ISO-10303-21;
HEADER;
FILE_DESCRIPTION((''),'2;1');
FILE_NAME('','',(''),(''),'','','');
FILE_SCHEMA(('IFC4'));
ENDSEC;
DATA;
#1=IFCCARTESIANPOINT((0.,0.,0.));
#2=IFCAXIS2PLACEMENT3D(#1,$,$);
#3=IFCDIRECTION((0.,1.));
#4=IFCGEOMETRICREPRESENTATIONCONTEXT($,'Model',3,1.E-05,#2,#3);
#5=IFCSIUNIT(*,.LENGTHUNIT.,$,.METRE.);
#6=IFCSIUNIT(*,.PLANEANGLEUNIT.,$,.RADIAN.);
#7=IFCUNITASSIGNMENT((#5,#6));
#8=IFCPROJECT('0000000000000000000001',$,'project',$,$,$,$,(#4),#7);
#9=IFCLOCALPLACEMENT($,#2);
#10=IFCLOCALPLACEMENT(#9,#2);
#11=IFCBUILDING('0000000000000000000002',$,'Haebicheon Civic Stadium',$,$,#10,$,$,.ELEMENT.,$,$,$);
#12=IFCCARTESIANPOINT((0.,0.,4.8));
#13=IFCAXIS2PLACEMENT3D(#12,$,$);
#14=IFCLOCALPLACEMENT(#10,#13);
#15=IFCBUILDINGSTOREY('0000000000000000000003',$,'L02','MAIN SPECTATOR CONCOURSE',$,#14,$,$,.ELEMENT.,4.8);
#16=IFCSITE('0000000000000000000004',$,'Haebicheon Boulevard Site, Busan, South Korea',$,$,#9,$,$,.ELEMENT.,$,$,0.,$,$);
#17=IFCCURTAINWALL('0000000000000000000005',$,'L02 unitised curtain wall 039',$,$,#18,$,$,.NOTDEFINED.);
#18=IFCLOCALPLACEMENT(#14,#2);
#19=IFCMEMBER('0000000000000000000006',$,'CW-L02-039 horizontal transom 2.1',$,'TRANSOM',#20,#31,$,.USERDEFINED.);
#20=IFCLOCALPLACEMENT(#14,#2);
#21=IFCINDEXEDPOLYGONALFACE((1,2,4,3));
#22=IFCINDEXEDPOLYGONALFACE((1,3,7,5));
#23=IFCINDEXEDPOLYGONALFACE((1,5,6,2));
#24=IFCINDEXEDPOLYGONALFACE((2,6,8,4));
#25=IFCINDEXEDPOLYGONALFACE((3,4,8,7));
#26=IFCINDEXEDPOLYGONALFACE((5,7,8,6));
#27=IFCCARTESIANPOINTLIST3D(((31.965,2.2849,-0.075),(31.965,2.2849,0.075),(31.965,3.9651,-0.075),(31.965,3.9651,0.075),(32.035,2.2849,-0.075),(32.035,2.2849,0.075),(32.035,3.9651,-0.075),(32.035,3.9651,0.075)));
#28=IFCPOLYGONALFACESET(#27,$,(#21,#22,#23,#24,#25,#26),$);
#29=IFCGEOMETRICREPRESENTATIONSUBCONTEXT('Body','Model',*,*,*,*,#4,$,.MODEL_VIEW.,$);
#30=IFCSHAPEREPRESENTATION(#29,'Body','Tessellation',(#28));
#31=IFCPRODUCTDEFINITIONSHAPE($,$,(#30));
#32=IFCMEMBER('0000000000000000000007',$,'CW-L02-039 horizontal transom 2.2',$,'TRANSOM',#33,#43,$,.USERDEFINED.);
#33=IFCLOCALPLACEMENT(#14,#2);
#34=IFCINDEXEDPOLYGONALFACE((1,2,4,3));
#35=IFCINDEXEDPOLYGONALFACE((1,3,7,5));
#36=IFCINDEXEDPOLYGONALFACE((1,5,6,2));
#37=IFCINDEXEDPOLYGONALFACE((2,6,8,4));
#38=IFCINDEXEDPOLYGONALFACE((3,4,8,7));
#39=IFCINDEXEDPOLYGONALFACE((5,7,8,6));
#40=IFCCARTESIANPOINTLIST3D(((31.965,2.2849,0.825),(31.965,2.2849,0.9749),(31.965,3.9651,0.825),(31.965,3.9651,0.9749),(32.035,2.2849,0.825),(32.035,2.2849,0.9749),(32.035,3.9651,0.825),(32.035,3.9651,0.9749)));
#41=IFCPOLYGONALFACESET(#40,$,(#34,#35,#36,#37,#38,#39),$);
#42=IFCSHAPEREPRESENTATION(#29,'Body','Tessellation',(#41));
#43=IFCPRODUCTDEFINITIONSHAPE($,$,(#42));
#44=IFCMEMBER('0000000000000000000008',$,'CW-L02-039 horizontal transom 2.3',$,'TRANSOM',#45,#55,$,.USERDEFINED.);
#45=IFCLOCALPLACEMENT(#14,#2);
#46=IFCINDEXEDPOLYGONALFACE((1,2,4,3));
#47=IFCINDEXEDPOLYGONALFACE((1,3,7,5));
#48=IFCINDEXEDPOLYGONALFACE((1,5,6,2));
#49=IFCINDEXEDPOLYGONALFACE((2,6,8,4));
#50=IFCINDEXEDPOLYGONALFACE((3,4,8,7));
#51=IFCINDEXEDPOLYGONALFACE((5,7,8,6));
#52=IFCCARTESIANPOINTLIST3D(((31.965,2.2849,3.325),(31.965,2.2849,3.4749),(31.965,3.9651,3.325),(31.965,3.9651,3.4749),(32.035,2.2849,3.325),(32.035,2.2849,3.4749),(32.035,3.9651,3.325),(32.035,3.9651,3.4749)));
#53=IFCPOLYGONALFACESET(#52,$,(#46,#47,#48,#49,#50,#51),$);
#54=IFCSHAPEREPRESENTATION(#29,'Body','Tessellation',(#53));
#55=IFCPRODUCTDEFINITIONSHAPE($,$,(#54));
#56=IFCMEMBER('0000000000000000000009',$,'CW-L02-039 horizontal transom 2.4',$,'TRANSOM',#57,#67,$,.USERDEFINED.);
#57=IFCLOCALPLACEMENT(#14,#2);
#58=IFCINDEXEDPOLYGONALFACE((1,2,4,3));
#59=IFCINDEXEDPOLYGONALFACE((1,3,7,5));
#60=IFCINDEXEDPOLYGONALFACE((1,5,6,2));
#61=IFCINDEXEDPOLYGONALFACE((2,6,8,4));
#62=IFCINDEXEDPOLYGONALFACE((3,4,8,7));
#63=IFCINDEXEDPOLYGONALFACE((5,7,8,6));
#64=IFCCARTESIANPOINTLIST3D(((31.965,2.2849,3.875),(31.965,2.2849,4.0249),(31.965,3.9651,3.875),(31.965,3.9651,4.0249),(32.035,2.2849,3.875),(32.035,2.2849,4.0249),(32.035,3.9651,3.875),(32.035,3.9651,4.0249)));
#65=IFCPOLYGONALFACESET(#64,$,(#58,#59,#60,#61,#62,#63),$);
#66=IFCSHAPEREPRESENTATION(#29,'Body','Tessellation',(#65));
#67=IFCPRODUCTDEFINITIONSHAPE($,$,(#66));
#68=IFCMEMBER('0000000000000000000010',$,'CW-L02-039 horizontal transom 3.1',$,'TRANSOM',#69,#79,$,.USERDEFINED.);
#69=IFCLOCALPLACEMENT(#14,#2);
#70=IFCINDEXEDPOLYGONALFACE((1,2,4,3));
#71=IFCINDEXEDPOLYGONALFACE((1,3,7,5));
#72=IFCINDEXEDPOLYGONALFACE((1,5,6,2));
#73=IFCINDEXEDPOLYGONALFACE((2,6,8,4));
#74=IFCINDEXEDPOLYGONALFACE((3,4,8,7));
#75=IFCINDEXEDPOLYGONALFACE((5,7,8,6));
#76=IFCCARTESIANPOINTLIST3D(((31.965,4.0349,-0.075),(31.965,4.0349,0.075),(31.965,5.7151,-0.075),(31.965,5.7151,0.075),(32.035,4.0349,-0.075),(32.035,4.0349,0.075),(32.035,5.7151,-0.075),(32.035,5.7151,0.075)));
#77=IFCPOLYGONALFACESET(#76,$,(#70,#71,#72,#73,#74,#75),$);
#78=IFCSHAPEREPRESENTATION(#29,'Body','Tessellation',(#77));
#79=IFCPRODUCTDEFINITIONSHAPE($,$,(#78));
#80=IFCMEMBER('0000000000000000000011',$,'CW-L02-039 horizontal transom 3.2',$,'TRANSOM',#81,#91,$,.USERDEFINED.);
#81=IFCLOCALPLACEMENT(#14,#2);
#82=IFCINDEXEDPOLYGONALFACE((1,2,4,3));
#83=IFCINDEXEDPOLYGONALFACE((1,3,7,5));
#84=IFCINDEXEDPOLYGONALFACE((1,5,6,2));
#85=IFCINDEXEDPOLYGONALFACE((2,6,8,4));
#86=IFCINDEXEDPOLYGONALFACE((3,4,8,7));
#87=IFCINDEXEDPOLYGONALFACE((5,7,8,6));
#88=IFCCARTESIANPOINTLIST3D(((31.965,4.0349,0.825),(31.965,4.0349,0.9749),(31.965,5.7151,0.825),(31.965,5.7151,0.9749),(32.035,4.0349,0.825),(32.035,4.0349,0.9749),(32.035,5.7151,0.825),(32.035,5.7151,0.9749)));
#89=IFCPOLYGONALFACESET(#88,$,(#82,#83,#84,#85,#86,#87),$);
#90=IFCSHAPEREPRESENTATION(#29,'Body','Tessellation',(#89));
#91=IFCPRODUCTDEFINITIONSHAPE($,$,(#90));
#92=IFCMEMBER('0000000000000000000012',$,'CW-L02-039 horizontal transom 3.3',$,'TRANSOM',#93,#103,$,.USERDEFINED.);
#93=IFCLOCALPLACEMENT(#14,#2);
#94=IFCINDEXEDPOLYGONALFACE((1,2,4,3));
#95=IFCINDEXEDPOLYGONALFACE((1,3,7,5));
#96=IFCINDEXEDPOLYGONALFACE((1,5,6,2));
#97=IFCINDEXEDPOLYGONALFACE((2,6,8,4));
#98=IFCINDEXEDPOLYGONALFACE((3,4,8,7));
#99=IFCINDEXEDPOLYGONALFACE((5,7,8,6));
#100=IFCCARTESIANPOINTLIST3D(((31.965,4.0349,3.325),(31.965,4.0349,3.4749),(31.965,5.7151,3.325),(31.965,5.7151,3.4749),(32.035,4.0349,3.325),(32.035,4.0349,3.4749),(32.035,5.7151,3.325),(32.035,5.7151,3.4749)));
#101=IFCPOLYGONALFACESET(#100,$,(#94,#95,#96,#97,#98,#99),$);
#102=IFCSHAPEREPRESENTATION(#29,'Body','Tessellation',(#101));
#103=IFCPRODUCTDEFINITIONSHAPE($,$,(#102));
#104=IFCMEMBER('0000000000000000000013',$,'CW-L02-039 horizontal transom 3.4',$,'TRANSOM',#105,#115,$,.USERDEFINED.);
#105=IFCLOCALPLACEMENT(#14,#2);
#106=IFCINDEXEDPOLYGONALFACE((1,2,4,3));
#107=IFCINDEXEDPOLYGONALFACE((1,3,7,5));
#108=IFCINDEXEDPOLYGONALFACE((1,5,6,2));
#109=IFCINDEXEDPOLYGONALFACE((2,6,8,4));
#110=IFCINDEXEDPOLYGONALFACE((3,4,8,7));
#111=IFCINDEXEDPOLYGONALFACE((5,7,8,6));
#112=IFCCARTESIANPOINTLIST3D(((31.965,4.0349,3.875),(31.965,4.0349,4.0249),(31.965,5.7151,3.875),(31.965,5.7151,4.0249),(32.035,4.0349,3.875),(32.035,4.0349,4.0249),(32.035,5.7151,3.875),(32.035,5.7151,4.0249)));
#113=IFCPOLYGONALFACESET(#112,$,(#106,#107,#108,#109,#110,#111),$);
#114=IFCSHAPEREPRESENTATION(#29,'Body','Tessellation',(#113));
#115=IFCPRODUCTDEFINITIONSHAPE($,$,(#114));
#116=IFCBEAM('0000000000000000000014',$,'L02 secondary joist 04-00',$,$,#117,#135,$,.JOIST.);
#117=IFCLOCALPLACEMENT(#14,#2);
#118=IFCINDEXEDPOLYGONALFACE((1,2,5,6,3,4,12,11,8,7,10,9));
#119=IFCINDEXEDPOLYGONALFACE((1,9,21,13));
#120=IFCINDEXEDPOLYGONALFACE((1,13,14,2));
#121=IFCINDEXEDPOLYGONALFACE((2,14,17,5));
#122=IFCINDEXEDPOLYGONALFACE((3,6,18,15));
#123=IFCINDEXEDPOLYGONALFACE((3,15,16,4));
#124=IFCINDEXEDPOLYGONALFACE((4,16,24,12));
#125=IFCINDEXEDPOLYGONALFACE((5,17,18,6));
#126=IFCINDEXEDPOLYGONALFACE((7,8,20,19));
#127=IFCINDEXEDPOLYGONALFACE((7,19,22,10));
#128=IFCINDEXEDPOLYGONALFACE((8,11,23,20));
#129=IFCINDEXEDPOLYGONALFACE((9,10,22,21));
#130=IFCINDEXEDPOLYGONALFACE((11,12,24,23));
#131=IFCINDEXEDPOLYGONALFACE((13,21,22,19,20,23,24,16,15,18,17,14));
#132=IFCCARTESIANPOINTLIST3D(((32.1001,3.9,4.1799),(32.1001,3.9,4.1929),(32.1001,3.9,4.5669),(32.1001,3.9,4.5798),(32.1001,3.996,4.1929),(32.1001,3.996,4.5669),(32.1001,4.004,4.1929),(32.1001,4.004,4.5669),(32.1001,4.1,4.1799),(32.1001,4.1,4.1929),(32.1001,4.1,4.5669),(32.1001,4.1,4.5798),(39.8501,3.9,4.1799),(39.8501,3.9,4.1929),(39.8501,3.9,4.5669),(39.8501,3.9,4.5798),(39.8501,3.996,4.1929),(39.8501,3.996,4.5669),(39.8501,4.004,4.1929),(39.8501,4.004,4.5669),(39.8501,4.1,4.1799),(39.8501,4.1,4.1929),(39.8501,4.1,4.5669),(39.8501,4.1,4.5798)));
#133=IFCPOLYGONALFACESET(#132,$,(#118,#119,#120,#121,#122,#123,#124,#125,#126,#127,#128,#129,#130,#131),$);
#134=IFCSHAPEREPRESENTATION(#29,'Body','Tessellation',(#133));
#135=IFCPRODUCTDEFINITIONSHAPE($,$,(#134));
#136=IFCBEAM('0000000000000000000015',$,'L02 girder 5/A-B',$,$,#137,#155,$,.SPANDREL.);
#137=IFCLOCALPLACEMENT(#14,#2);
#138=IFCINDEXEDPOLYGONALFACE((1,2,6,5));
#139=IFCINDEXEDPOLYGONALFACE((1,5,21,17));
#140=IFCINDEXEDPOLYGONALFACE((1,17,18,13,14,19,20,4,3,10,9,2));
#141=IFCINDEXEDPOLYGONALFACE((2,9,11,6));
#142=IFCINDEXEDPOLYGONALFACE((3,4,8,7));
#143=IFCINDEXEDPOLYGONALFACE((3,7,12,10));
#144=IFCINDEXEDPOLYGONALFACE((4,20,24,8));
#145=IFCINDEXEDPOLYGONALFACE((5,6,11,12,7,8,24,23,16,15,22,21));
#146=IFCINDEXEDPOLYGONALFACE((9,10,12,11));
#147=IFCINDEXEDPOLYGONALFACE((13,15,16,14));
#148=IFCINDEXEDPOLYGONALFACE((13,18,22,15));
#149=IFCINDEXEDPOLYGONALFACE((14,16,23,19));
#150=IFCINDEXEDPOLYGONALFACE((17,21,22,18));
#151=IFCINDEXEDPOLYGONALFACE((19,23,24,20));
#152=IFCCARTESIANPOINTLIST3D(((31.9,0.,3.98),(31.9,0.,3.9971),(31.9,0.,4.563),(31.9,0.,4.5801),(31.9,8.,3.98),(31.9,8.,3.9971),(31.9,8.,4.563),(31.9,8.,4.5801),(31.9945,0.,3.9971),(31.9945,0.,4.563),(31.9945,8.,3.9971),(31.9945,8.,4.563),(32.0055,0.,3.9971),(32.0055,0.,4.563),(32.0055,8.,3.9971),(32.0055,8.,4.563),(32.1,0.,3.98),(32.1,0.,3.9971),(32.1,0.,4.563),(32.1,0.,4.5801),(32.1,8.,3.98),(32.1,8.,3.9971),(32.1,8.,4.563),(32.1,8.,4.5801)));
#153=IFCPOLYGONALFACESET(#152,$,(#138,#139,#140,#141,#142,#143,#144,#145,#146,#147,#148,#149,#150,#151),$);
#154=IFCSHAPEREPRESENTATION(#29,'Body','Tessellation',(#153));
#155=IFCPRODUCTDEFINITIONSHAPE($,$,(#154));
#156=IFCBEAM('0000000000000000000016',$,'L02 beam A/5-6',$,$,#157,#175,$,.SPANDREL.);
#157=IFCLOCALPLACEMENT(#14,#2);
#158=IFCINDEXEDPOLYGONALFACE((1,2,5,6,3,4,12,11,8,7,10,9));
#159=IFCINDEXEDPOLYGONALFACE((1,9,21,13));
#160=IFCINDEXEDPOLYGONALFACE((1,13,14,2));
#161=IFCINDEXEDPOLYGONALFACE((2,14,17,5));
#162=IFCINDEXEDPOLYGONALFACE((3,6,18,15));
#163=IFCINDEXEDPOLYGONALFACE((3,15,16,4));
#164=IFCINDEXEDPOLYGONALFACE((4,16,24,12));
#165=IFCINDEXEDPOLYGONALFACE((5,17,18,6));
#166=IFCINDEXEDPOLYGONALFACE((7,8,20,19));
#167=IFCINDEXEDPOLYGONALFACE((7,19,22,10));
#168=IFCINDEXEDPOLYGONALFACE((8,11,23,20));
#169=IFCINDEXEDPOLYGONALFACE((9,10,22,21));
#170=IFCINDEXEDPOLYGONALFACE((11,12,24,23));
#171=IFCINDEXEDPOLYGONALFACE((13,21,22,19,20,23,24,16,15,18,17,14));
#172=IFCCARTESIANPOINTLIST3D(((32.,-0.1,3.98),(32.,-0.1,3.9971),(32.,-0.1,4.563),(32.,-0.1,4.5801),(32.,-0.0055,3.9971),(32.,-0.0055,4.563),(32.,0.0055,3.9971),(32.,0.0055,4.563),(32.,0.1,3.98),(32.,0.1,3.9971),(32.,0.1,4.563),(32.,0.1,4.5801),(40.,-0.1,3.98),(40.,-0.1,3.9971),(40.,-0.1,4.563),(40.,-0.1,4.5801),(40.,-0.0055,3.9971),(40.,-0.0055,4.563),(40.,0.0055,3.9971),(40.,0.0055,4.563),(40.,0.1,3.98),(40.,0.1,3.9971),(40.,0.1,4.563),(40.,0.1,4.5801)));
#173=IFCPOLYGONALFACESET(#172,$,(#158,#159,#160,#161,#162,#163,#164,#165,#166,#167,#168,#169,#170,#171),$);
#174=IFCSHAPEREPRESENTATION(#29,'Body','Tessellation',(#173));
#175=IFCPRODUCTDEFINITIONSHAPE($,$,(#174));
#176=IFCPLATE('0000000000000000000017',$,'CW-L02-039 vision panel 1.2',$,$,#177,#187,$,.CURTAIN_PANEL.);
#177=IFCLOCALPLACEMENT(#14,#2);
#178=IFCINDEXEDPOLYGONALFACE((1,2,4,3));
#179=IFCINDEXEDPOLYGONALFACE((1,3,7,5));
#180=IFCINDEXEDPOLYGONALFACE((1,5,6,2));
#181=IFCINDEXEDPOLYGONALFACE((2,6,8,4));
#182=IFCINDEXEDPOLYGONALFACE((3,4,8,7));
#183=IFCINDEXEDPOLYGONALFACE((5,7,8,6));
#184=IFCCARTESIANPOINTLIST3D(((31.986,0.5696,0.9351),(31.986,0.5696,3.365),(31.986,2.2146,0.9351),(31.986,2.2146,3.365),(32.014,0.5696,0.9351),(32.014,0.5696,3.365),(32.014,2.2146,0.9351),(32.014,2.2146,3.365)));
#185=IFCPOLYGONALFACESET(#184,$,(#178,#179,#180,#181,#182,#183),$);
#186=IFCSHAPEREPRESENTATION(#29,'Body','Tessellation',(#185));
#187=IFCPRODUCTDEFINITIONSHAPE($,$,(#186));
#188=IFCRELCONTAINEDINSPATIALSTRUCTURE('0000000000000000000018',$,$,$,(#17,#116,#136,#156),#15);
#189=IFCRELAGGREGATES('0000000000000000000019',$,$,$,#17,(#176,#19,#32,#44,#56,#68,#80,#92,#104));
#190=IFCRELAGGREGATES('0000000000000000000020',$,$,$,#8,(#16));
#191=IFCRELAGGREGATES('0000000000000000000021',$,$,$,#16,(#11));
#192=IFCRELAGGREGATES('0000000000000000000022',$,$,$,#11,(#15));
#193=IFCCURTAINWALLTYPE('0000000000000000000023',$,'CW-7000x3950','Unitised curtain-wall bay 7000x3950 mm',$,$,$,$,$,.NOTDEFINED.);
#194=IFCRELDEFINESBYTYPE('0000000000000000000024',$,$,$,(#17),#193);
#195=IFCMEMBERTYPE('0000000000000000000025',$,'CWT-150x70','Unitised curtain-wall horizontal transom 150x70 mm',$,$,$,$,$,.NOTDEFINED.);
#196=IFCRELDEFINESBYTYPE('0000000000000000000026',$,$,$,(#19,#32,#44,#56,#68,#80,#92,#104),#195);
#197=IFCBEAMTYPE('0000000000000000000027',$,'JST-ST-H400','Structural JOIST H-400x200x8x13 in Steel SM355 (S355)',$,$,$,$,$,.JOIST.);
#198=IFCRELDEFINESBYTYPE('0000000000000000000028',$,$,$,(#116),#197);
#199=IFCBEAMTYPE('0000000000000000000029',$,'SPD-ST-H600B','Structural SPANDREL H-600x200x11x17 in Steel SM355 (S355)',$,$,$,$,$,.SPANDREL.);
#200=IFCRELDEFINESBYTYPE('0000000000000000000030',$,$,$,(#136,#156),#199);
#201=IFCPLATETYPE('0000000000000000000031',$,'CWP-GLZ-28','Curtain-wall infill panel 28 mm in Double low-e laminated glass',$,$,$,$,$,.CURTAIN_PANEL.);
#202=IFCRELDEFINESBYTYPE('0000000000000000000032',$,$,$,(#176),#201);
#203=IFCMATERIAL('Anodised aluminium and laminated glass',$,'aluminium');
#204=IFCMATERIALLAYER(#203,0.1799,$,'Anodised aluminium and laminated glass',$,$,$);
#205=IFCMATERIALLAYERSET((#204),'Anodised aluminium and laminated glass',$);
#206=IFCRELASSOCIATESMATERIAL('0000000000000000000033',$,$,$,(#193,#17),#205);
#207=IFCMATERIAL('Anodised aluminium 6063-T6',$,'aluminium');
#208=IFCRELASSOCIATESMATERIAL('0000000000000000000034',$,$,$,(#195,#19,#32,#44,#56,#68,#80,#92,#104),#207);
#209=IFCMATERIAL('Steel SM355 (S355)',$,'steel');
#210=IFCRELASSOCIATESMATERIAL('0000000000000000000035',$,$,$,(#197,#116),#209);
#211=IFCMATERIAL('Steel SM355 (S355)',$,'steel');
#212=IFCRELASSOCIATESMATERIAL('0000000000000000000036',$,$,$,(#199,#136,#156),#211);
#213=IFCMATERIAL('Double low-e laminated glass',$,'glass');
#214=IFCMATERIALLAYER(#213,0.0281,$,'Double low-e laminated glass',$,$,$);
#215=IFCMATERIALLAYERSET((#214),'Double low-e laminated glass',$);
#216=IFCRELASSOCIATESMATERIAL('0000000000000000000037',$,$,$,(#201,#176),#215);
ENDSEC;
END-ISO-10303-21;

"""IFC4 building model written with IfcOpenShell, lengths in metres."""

from ifc_helpers import new_model, si_unit, direction, frame, origin, origin_2d, place, context, subcontext, project, spatial, rectangle, i_section, extrude, material, layer, layer_set, material_profile, profile_set, type_object, element, aggregate, save


model = new_model("IFC4")

# Units and contexts
model_context = context("Model", 3, precision=1e-05, world=origin(), true_north=direction((0.0, 1.0)))
body_context = subcontext(model_context, "Body", "Model", "MODEL_VIEW")
ifc_project = project(units=[si_unit("LENGTHUNIT", "METRE"), si_unit("PLANEANGLEUNIT", "RADIAN")], contexts=[model_context])

# Site, building, storey
site_placement = place(None, origin())
site = spatial("IfcSite", under=ifc_project, at=site_placement, Name="Haebicheon Boulevard Site, Busan, South Korea", CompositionType="ELEMENT", RefElevation=0.0)
building_placement = place(site_placement, origin())
building = spatial("IfcBuilding", under=site, at=building_placement, Name="Haebicheon Civic Stadium", CompositionType="ELEMENT")
storey_placement = place(building_placement, frame((0.0, 0.0, 4.8)))
storey = spatial("IfcBuildingStorey", under=building, at=storey_placement, Name="L02", Description="MAIN SPECTATOR CONCOURSE", CompositionType="ELEMENT", Elevation=4.8)

# Shared definitions
ifc_material_1 = material(Name="Anodised aluminium and laminated glass", Category="aluminium")
ifc_layer_1 = layer(ifc_material_1, 0.1799, Name="Anodised aluminium and laminated glass")
ifc_layer_set_1 = layer_set([ifc_layer_1], Name="Anodised aluminium and laminated glass")
curtain_wall_type = type_object("IfcCurtainWallType", Name="CW-7000x3950", Description="Unitised curtain-wall bay 7000x3950 mm", PredefinedType="NOTDEFINED", material=ifc_layer_set_1)

# Curtain wall
curtain_wall_1_placement = place(storey_placement, origin())
curtain_wall_1 = element("IfcCurtainWall", 1, at=curtain_wall_1_placement, inside=storey, type_object=curtain_wall_type, material=ifc_layer_set_1, Name="L02 unitised curtain wall 039", PredefinedType="NOTDEFINED")

# Members
ifc_material_2 = material(Name="Anodised aluminium 6063-T6", Category="aluminium")
ifc_material_profile_1 = material_profile(ifc_material_2, rectangle(XDim=0.0701, YDim=0.1499, at=origin_2d()), Name="ALU-TRAN-70x150")
ifc_profile_set_1 = profile_set([ifc_material_profile_1], Name="Anodised aluminium 6063-T6")
member_type_1 = type_object("IfcMemberType", Name="CWT-150x70", Description="Unitised curtain-wall horizontal transom 150x70 mm", PredefinedType="NOTDEFINED", material=ifc_profile_set_1)
member_1_placement = place(storey_placement, frame((32.0, 2.2849, 0.0), z_axis=(0.0, 1.0, 0.0), x_axis=(-1.0, 0.0, 0.0)))
member_1 = element("IfcMember", 2, at=member_1_placement, type_object=member_type_1, material=ifc_profile_set_1, Name="CW-L02-039 horizontal transom 2.1", ObjectType="TRANSOM", PredefinedType="USERDEFINED", context=body_context, shape_type="SweptSolid", body=[
    extrude(rectangle(XDim=0.0701, YDim=0.1499, at=origin_2d()), origin(), (0.0, 0.0, 1.0), 1.6802),
])
member_2_placement = place(storey_placement, frame((32.0, 2.2849, 0.8999), z_axis=(0.0, 1.0, 0.0), x_axis=(-1.0, 0.0, 0.0)))
member_2 = element("IfcMember", 3, at=member_2_placement, type_object=member_type_1, material=ifc_profile_set_1, Name="CW-L02-039 horizontal transom 2.2", ObjectType="TRANSOM", PredefinedType="USERDEFINED", context=body_context, shape_type="SweptSolid", body=[
    extrude(rectangle(XDim=0.0701, YDim=0.1499, at=origin_2d()), origin(), (0.0, 0.0, 1.0), 1.6802),
])
member_3_placement = place(storey_placement, frame((32.0, 2.2849, 3.3999), z_axis=(0.0, 1.0, 0.0), x_axis=(-1.0, 0.0, 0.0)))
member_3 = element("IfcMember", 4, at=member_3_placement, type_object=member_type_1, material=ifc_profile_set_1, Name="CW-L02-039 horizontal transom 2.3", ObjectType="TRANSOM", PredefinedType="USERDEFINED", context=body_context, shape_type="SweptSolid", body=[
    extrude(rectangle(XDim=0.0701, YDim=0.1499, at=origin_2d()), origin(), (0.0, 0.0, 1.0), 1.6802),
])
member_4_placement = place(storey_placement, frame((32.0, 2.2849, 3.95), z_axis=(0.0, 1.0, 0.0), x_axis=(-1.0, 0.0, 0.0)))
member_4 = element("IfcMember", 5, at=member_4_placement, type_object=member_type_1, material=ifc_profile_set_1, Name="CW-L02-039 horizontal transom 2.4", ObjectType="TRANSOM", PredefinedType="USERDEFINED", context=body_context, shape_type="SweptSolid", body=[
    extrude(rectangle(XDim=0.0701, YDim=0.1499, at=origin_2d()), origin(), (0.0, 0.0, 1.0), 1.6802),
])
member_5_placement = place(storey_placement, frame((32.0, 4.0349, 0.0), z_axis=(0.0, 1.0, 0.0), x_axis=(-1.0, 0.0, 0.0)))
member_5 = element("IfcMember", 6, at=member_5_placement, type_object=member_type_1, material=ifc_profile_set_1, Name="CW-L02-039 horizontal transom 3.1", ObjectType="TRANSOM", PredefinedType="USERDEFINED", context=body_context, shape_type="SweptSolid", body=[
    extrude(rectangle(XDim=0.0701, YDim=0.1499, at=origin_2d()), origin(), (0.0, 0.0, 1.0), 1.6802),
])
member_6_placement = place(storey_placement, frame((32.0, 4.0349, 0.8999), z_axis=(0.0, 1.0, 0.0), x_axis=(-1.0, 0.0, 0.0)))
member_6 = element("IfcMember", 7, at=member_6_placement, type_object=member_type_1, material=ifc_profile_set_1, Name="CW-L02-039 horizontal transom 3.2", ObjectType="TRANSOM", PredefinedType="USERDEFINED", context=body_context, shape_type="SweptSolid", body=[
    extrude(rectangle(XDim=0.0701, YDim=0.1499, at=origin_2d()), origin(), (0.0, 0.0, 1.0), 1.6802),
])
member_7_placement = place(storey_placement, frame((32.0, 4.0349, 3.3999), z_axis=(0.0, 1.0, 0.0), x_axis=(-1.0, 0.0, 0.0)))
member_7 = element("IfcMember", 8, at=member_7_placement, type_object=member_type_1, material=ifc_profile_set_1, Name="CW-L02-039 horizontal transom 3.3", ObjectType="TRANSOM", PredefinedType="USERDEFINED", context=body_context, shape_type="SweptSolid", body=[
    extrude(rectangle(XDim=0.0701, YDim=0.1499, at=origin_2d()), origin(), (0.0, 0.0, 1.0), 1.6802),
])
member_8_placement = place(storey_placement, frame((32.0, 4.0349, 3.95), z_axis=(0.0, 1.0, 0.0), x_axis=(-1.0, 0.0, 0.0)))
member_8 = element("IfcMember", 9, at=member_8_placement, type_object=member_type_1, material=ifc_profile_set_1, Name="CW-L02-039 horizontal transom 3.4", ObjectType="TRANSOM", PredefinedType="USERDEFINED", context=body_context, shape_type="SweptSolid", body=[
    extrude(rectangle(XDim=0.0701, YDim=0.1499, at=origin_2d()), origin(), (0.0, 0.0, 1.0), 1.6802),
])

# Beams
ifc_material_3 = material(Name="Steel SM355 (S355)", Category="steel")
ifc_material_profile_2 = material_profile(ifc_material_3, i_section(OverallWidth=0.2, OverallDepth=0.3999, WebThickness=0.0081, FlangeThickness=0.0129, at=origin_2d()), Name="H-400x200x8x13")
ifc_profile_set_2 = profile_set([ifc_material_profile_2], Name="Steel SM355 (S355)")
beam_type_1 = type_object("IfcBeamType", Name="JST-ST-H400", Description="Structural JOIST H-400x200x8x13 in Steel SM355 (S355)", PredefinedType="JOIST", material=ifc_profile_set_2)
beam_placement = place(storey_placement, frame((32.1001, 4.0, 4.3799), z_axis=(1.0, 0.0, 0.0), x_axis=(0.0, 1.0, 0.0)))
element("IfcBeam", 10, at=beam_placement, inside=storey, type_object=beam_type_1, material=ifc_profile_set_2, Name="L02 secondary joist 04-00", PredefinedType="JOIST", context=body_context, shape_type="SweptSolid", body=[
    extrude(i_section(OverallWidth=0.2, OverallDepth=0.3999, WebThickness=0.0081, FlangeThickness=0.0129, at=origin_2d()), origin(), (0.0, 0.0, 1.0), 7.75),
])
ifc_material_4 = material(Name="Steel SM355 (S355)", Category="steel")
ifc_material_profile_3 = material_profile(ifc_material_4, i_section(OverallWidth=0.2, OverallDepth=0.6001, WebThickness=0.011, FlangeThickness=0.0171, at=origin_2d()), Name="H-600x200x11x17")
ifc_profile_set_3 = profile_set([ifc_material_profile_3], Name="Steel SM355 (S355)")
beam_type_2 = type_object("IfcBeamType", Name="SPD-ST-H600B", Description="Structural SPANDREL H-600x200x11x17 in Steel SM355 (S355)", PredefinedType="SPANDREL", material=ifc_profile_set_3)
for number, where, z_axis, x_axis, name in (
    (11, (32.0, 0.0, 4.28), (0.0, 1.0, 0.0), (-1.0, 0.0, 0.0), "L02 girder 5/A-B"),
    (12, (32.0, 0.0, 4.28), (1.0, 0.0, 0.0), (0.0, 1.0, 0.0), "L02 beam A/5-6"),
):
    element("IfcBeam", number, at=place(storey_placement, frame(where, z_axis=z_axis, x_axis=x_axis)), inside=storey, type_object=beam_type_2, material=ifc_profile_set_3, Name=name, PredefinedType="SPANDREL", context=body_context, shape_type="SweptSolid", body=[
        extrude(i_section(OverallWidth=0.2, OverallDepth=0.6001, WebThickness=0.011, FlangeThickness=0.0171, at=origin_2d()), origin(), (0.0, 0.0, 1.0), 8.0),
    ])

# Plate
ifc_material_5 = material(Name="Double low-e laminated glass", Category="glass")
ifc_layer_2 = layer(ifc_material_5, 0.0281, Name="Double low-e laminated glass")
ifc_layer_set_2 = layer_set([ifc_layer_2], Name="Double low-e laminated glass")
plate_type_1 = type_object("IfcPlateType", Name="CWP-GLZ-28", Description="Curtain-wall infill panel 28 mm in Double low-e laminated glass", PredefinedType="CURTAIN_PANEL", material=ifc_layer_set_2)
plate_1_placement = place(storey_placement, frame((32.0, 1.3921, 0.9351), z_axis=(0.0, 0.0, 1.0), x_axis=(0.0, 1.0, 0.0)))
plate_1 = element("IfcPlate", 13, at=plate_1_placement, type_object=plate_type_1, material=ifc_layer_set_2, Name="CW-L02-039 vision panel 1.2", PredefinedType="CURTAIN_PANEL", context=body_context, shape_type="SweptSolid", body=[
    extrude(rectangle(XDim=1.645, YDim=0.0281, at=origin_2d()), origin(), (0.0, 0.0, 1.0), 2.4299),
])
aggregate(curtain_wall_1, [plate_1, member_1, member_2, member_3, member_4, member_5, member_6, member_7, member_8])

save(model, "model.ifc")
